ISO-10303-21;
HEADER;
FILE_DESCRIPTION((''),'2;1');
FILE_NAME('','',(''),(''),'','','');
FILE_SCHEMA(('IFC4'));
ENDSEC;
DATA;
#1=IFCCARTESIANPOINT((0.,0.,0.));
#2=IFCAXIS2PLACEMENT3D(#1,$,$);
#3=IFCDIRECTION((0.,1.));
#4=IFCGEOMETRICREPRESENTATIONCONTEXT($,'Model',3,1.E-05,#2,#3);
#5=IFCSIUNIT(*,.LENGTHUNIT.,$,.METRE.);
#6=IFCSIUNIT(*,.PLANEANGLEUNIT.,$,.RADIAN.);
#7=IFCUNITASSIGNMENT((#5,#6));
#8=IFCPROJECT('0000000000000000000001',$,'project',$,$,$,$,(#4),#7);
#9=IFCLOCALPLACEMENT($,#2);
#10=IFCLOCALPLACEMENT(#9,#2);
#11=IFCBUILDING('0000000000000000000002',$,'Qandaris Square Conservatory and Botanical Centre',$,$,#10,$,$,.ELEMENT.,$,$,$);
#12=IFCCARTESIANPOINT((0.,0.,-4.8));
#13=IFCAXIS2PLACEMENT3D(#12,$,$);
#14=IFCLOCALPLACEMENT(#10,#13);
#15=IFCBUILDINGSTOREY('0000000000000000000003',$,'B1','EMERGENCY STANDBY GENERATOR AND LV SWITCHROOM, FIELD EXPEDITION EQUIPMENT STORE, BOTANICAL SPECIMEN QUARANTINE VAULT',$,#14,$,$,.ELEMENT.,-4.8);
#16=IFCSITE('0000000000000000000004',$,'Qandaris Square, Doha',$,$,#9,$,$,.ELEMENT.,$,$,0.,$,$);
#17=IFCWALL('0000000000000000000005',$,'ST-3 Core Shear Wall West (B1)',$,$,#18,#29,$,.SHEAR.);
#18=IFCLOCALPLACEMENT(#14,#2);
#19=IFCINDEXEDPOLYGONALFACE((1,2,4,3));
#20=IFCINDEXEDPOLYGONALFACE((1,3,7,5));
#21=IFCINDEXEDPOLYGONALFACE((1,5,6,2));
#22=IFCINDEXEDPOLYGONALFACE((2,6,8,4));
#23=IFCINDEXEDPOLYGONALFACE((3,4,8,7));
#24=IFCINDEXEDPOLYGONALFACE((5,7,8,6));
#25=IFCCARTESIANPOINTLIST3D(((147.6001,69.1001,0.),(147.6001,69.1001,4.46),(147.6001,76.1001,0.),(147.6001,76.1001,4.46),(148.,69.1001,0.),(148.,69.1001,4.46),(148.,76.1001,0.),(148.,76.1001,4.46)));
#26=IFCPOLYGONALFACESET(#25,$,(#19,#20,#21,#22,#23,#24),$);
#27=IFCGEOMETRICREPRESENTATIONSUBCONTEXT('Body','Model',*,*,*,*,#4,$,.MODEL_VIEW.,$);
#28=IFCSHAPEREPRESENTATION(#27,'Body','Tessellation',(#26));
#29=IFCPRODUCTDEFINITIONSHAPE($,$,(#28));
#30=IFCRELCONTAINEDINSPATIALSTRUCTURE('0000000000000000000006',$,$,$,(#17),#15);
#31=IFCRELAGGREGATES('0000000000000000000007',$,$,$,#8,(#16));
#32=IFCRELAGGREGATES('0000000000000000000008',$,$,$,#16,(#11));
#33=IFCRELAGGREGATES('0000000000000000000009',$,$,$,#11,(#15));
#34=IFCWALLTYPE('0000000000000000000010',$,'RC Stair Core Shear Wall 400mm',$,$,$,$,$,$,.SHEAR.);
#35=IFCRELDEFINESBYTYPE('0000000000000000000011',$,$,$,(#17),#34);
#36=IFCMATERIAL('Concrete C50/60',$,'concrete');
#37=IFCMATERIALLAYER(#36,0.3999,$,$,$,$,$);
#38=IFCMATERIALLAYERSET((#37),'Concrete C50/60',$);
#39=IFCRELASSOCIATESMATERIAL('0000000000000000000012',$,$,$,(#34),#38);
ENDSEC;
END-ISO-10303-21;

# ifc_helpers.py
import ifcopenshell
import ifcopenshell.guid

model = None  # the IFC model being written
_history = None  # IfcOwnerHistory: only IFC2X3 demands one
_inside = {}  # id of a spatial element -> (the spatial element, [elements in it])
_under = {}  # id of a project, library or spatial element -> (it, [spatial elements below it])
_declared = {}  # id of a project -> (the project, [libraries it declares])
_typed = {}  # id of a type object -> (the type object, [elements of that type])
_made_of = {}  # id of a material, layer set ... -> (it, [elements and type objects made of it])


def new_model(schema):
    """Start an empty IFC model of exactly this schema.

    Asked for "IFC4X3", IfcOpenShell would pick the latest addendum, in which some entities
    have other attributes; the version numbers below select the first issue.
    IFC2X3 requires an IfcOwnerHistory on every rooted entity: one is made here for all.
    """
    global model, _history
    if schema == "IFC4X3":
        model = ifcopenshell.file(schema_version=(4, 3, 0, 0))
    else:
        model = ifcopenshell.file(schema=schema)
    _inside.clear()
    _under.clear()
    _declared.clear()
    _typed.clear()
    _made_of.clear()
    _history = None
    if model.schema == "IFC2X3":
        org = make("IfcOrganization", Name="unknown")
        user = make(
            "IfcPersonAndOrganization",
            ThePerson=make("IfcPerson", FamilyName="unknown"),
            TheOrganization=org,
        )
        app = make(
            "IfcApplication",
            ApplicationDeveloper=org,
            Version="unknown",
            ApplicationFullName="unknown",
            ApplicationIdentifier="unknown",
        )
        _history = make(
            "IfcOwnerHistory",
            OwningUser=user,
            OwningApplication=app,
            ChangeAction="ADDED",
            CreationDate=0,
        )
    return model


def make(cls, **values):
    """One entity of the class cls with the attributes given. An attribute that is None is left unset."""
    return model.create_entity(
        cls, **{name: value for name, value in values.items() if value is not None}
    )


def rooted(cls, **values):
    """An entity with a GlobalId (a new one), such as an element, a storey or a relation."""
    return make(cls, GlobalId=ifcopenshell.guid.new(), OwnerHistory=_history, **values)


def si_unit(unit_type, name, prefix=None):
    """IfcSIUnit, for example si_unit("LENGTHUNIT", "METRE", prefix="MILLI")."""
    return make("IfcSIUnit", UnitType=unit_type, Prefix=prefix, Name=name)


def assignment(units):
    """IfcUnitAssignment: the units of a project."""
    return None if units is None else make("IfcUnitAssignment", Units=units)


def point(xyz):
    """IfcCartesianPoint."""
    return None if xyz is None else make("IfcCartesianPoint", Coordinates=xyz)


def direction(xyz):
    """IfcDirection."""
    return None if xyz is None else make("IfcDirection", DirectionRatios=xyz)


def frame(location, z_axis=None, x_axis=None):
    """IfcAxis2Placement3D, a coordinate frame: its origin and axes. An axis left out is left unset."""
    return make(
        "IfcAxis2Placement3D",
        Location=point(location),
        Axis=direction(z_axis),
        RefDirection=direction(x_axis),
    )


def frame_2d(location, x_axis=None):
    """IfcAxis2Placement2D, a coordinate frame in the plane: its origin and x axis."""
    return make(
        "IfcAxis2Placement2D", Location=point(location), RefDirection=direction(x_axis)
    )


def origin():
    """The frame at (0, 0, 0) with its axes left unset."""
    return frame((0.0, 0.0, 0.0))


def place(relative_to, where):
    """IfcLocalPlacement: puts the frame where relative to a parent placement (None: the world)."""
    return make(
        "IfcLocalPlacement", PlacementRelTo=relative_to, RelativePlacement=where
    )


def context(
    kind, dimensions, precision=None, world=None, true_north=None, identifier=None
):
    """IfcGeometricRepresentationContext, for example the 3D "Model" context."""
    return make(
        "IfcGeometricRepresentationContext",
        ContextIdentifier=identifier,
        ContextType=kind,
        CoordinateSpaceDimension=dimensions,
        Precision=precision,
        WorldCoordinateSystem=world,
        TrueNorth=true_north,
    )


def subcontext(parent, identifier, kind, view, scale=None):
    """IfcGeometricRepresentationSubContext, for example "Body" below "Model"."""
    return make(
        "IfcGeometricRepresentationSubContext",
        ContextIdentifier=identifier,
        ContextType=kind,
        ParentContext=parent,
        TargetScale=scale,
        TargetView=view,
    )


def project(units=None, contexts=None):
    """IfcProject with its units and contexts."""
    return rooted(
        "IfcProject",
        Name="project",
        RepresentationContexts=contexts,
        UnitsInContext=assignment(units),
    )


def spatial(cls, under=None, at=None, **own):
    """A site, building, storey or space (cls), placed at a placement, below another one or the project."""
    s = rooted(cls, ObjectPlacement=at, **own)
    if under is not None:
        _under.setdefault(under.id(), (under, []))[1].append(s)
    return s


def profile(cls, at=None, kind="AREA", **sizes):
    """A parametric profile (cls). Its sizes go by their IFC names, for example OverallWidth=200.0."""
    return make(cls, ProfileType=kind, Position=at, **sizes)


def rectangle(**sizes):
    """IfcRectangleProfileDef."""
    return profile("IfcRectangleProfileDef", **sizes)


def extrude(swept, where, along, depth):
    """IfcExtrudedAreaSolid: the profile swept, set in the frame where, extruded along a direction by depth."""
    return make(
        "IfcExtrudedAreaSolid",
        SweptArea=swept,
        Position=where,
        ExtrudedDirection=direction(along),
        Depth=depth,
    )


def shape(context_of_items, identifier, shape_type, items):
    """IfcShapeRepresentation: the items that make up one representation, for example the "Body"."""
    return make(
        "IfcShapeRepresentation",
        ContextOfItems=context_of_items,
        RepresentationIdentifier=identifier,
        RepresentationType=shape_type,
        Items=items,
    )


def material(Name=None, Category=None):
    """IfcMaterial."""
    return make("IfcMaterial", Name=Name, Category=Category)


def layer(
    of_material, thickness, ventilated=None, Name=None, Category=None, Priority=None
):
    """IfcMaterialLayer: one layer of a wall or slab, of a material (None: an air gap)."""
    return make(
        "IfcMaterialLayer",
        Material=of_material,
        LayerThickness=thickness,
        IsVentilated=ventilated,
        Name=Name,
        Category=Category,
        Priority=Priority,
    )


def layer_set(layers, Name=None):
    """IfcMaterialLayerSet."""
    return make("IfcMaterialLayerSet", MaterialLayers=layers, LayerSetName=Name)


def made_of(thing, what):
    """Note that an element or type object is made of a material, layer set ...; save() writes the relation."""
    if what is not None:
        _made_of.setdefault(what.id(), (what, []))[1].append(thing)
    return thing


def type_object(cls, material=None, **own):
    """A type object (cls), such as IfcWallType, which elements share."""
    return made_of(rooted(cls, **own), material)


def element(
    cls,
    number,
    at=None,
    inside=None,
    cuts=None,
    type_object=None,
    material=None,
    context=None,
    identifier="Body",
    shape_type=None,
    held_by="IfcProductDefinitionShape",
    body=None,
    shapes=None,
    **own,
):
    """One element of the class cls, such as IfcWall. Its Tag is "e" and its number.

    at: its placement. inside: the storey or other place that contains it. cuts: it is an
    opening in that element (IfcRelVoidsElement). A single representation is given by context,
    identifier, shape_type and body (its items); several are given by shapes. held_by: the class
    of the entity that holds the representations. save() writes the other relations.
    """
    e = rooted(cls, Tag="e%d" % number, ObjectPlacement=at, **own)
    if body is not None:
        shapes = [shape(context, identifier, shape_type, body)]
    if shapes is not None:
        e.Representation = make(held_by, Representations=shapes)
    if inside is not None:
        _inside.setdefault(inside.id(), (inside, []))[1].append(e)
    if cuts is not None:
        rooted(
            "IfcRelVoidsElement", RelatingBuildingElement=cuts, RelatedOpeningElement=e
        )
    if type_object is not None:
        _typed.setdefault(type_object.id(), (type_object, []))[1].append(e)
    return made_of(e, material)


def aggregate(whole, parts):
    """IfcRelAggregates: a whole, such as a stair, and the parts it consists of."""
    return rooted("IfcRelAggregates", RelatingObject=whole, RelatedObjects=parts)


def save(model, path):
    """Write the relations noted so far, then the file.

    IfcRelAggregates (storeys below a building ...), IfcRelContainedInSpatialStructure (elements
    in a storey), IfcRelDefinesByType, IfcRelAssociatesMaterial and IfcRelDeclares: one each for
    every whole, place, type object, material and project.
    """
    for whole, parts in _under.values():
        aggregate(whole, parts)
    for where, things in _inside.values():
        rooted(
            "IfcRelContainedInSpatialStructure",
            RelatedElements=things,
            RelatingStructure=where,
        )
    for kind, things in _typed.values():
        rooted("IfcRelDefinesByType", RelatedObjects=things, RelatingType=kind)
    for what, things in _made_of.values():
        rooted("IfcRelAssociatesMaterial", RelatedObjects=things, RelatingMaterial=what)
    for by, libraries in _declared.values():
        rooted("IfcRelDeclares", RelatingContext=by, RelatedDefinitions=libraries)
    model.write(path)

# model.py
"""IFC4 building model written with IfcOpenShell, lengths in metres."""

from ifc_helpers import new_model, si_unit, direction, frame, frame_2d, origin, place, context, subcontext, project, spatial, rectangle, extrude, material, layer, layer_set, type_object, element, save


model = new_model("IFC4")

# Units and contexts
model_context = context("Model", 3, precision=1e-05, world=origin(), true_north=direction((0.0, 1.0)))
body_context = subcontext(model_context, "Body", "Model", "MODEL_VIEW")
ifc_project = project(units=[si_unit("LENGTHUNIT", "METRE"), si_unit("PLANEANGLEUNIT", "RADIAN")], contexts=[model_context])

# Site, building, storey
site_placement = place(None, origin())
site = spatial("IfcSite", under=ifc_project, at=site_placement, Name="Qandaris Square, Doha", CompositionType="ELEMENT", RefElevation=0.0)
building_placement = place(site_placement, origin())
building = spatial("IfcBuilding", under=site, at=building_placement, Name="Qandaris Square Conservatory and Botanical Centre", CompositionType="ELEMENT")
storey_placement = place(building_placement, frame((0.0, 0.0, -4.8)))
storey = spatial("IfcBuildingStorey", under=building, at=storey_placement, Name="B1", Description="EMERGENCY STANDBY GENERATOR AND LV SWITCHROOM, FIELD EXPEDITION EQUIPMENT STORE, BOTANICAL SPECIMEN QUARANTINE VAULT", CompositionType="ELEMENT", Elevation=-4.8)

# Shared definitions
ifc_material_1 = material(Name="Concrete C50/60", Category="concrete")

# Shared definitions
ifc_layer_1 = layer(ifc_material_1, 0.3999)
ifc_layer_set_1 = layer_set([ifc_layer_1], Name="Concrete C50/60")
wall_type_1 = type_object("IfcWallType", Name="RC Stair Core Shear Wall 400mm", PredefinedType="SHEAR", material=ifc_layer_set_1)

# Wall
wall_1_placement = place(storey_placement, frame((147.8, 69.1001, 0.0), z_axis=(0.0, 0.0, 1.0), x_axis=(0.0, 1.0, 0.0)))
element("IfcWall", 1, at=wall_1_placement, inside=storey, type_object=wall_type_1, Name="ST-3 Core Shear Wall West (B1)", PredefinedType="SHEAR", context=body_context, shape_type="SweptSolid", body=[
    extrude(rectangle(XDim=7.0, YDim=0.3999, at=frame_2d((3.5, 0.0))), origin(), (0.0, 0.0, 1.0), 4.46),
])

save(model, "model.ifc")
